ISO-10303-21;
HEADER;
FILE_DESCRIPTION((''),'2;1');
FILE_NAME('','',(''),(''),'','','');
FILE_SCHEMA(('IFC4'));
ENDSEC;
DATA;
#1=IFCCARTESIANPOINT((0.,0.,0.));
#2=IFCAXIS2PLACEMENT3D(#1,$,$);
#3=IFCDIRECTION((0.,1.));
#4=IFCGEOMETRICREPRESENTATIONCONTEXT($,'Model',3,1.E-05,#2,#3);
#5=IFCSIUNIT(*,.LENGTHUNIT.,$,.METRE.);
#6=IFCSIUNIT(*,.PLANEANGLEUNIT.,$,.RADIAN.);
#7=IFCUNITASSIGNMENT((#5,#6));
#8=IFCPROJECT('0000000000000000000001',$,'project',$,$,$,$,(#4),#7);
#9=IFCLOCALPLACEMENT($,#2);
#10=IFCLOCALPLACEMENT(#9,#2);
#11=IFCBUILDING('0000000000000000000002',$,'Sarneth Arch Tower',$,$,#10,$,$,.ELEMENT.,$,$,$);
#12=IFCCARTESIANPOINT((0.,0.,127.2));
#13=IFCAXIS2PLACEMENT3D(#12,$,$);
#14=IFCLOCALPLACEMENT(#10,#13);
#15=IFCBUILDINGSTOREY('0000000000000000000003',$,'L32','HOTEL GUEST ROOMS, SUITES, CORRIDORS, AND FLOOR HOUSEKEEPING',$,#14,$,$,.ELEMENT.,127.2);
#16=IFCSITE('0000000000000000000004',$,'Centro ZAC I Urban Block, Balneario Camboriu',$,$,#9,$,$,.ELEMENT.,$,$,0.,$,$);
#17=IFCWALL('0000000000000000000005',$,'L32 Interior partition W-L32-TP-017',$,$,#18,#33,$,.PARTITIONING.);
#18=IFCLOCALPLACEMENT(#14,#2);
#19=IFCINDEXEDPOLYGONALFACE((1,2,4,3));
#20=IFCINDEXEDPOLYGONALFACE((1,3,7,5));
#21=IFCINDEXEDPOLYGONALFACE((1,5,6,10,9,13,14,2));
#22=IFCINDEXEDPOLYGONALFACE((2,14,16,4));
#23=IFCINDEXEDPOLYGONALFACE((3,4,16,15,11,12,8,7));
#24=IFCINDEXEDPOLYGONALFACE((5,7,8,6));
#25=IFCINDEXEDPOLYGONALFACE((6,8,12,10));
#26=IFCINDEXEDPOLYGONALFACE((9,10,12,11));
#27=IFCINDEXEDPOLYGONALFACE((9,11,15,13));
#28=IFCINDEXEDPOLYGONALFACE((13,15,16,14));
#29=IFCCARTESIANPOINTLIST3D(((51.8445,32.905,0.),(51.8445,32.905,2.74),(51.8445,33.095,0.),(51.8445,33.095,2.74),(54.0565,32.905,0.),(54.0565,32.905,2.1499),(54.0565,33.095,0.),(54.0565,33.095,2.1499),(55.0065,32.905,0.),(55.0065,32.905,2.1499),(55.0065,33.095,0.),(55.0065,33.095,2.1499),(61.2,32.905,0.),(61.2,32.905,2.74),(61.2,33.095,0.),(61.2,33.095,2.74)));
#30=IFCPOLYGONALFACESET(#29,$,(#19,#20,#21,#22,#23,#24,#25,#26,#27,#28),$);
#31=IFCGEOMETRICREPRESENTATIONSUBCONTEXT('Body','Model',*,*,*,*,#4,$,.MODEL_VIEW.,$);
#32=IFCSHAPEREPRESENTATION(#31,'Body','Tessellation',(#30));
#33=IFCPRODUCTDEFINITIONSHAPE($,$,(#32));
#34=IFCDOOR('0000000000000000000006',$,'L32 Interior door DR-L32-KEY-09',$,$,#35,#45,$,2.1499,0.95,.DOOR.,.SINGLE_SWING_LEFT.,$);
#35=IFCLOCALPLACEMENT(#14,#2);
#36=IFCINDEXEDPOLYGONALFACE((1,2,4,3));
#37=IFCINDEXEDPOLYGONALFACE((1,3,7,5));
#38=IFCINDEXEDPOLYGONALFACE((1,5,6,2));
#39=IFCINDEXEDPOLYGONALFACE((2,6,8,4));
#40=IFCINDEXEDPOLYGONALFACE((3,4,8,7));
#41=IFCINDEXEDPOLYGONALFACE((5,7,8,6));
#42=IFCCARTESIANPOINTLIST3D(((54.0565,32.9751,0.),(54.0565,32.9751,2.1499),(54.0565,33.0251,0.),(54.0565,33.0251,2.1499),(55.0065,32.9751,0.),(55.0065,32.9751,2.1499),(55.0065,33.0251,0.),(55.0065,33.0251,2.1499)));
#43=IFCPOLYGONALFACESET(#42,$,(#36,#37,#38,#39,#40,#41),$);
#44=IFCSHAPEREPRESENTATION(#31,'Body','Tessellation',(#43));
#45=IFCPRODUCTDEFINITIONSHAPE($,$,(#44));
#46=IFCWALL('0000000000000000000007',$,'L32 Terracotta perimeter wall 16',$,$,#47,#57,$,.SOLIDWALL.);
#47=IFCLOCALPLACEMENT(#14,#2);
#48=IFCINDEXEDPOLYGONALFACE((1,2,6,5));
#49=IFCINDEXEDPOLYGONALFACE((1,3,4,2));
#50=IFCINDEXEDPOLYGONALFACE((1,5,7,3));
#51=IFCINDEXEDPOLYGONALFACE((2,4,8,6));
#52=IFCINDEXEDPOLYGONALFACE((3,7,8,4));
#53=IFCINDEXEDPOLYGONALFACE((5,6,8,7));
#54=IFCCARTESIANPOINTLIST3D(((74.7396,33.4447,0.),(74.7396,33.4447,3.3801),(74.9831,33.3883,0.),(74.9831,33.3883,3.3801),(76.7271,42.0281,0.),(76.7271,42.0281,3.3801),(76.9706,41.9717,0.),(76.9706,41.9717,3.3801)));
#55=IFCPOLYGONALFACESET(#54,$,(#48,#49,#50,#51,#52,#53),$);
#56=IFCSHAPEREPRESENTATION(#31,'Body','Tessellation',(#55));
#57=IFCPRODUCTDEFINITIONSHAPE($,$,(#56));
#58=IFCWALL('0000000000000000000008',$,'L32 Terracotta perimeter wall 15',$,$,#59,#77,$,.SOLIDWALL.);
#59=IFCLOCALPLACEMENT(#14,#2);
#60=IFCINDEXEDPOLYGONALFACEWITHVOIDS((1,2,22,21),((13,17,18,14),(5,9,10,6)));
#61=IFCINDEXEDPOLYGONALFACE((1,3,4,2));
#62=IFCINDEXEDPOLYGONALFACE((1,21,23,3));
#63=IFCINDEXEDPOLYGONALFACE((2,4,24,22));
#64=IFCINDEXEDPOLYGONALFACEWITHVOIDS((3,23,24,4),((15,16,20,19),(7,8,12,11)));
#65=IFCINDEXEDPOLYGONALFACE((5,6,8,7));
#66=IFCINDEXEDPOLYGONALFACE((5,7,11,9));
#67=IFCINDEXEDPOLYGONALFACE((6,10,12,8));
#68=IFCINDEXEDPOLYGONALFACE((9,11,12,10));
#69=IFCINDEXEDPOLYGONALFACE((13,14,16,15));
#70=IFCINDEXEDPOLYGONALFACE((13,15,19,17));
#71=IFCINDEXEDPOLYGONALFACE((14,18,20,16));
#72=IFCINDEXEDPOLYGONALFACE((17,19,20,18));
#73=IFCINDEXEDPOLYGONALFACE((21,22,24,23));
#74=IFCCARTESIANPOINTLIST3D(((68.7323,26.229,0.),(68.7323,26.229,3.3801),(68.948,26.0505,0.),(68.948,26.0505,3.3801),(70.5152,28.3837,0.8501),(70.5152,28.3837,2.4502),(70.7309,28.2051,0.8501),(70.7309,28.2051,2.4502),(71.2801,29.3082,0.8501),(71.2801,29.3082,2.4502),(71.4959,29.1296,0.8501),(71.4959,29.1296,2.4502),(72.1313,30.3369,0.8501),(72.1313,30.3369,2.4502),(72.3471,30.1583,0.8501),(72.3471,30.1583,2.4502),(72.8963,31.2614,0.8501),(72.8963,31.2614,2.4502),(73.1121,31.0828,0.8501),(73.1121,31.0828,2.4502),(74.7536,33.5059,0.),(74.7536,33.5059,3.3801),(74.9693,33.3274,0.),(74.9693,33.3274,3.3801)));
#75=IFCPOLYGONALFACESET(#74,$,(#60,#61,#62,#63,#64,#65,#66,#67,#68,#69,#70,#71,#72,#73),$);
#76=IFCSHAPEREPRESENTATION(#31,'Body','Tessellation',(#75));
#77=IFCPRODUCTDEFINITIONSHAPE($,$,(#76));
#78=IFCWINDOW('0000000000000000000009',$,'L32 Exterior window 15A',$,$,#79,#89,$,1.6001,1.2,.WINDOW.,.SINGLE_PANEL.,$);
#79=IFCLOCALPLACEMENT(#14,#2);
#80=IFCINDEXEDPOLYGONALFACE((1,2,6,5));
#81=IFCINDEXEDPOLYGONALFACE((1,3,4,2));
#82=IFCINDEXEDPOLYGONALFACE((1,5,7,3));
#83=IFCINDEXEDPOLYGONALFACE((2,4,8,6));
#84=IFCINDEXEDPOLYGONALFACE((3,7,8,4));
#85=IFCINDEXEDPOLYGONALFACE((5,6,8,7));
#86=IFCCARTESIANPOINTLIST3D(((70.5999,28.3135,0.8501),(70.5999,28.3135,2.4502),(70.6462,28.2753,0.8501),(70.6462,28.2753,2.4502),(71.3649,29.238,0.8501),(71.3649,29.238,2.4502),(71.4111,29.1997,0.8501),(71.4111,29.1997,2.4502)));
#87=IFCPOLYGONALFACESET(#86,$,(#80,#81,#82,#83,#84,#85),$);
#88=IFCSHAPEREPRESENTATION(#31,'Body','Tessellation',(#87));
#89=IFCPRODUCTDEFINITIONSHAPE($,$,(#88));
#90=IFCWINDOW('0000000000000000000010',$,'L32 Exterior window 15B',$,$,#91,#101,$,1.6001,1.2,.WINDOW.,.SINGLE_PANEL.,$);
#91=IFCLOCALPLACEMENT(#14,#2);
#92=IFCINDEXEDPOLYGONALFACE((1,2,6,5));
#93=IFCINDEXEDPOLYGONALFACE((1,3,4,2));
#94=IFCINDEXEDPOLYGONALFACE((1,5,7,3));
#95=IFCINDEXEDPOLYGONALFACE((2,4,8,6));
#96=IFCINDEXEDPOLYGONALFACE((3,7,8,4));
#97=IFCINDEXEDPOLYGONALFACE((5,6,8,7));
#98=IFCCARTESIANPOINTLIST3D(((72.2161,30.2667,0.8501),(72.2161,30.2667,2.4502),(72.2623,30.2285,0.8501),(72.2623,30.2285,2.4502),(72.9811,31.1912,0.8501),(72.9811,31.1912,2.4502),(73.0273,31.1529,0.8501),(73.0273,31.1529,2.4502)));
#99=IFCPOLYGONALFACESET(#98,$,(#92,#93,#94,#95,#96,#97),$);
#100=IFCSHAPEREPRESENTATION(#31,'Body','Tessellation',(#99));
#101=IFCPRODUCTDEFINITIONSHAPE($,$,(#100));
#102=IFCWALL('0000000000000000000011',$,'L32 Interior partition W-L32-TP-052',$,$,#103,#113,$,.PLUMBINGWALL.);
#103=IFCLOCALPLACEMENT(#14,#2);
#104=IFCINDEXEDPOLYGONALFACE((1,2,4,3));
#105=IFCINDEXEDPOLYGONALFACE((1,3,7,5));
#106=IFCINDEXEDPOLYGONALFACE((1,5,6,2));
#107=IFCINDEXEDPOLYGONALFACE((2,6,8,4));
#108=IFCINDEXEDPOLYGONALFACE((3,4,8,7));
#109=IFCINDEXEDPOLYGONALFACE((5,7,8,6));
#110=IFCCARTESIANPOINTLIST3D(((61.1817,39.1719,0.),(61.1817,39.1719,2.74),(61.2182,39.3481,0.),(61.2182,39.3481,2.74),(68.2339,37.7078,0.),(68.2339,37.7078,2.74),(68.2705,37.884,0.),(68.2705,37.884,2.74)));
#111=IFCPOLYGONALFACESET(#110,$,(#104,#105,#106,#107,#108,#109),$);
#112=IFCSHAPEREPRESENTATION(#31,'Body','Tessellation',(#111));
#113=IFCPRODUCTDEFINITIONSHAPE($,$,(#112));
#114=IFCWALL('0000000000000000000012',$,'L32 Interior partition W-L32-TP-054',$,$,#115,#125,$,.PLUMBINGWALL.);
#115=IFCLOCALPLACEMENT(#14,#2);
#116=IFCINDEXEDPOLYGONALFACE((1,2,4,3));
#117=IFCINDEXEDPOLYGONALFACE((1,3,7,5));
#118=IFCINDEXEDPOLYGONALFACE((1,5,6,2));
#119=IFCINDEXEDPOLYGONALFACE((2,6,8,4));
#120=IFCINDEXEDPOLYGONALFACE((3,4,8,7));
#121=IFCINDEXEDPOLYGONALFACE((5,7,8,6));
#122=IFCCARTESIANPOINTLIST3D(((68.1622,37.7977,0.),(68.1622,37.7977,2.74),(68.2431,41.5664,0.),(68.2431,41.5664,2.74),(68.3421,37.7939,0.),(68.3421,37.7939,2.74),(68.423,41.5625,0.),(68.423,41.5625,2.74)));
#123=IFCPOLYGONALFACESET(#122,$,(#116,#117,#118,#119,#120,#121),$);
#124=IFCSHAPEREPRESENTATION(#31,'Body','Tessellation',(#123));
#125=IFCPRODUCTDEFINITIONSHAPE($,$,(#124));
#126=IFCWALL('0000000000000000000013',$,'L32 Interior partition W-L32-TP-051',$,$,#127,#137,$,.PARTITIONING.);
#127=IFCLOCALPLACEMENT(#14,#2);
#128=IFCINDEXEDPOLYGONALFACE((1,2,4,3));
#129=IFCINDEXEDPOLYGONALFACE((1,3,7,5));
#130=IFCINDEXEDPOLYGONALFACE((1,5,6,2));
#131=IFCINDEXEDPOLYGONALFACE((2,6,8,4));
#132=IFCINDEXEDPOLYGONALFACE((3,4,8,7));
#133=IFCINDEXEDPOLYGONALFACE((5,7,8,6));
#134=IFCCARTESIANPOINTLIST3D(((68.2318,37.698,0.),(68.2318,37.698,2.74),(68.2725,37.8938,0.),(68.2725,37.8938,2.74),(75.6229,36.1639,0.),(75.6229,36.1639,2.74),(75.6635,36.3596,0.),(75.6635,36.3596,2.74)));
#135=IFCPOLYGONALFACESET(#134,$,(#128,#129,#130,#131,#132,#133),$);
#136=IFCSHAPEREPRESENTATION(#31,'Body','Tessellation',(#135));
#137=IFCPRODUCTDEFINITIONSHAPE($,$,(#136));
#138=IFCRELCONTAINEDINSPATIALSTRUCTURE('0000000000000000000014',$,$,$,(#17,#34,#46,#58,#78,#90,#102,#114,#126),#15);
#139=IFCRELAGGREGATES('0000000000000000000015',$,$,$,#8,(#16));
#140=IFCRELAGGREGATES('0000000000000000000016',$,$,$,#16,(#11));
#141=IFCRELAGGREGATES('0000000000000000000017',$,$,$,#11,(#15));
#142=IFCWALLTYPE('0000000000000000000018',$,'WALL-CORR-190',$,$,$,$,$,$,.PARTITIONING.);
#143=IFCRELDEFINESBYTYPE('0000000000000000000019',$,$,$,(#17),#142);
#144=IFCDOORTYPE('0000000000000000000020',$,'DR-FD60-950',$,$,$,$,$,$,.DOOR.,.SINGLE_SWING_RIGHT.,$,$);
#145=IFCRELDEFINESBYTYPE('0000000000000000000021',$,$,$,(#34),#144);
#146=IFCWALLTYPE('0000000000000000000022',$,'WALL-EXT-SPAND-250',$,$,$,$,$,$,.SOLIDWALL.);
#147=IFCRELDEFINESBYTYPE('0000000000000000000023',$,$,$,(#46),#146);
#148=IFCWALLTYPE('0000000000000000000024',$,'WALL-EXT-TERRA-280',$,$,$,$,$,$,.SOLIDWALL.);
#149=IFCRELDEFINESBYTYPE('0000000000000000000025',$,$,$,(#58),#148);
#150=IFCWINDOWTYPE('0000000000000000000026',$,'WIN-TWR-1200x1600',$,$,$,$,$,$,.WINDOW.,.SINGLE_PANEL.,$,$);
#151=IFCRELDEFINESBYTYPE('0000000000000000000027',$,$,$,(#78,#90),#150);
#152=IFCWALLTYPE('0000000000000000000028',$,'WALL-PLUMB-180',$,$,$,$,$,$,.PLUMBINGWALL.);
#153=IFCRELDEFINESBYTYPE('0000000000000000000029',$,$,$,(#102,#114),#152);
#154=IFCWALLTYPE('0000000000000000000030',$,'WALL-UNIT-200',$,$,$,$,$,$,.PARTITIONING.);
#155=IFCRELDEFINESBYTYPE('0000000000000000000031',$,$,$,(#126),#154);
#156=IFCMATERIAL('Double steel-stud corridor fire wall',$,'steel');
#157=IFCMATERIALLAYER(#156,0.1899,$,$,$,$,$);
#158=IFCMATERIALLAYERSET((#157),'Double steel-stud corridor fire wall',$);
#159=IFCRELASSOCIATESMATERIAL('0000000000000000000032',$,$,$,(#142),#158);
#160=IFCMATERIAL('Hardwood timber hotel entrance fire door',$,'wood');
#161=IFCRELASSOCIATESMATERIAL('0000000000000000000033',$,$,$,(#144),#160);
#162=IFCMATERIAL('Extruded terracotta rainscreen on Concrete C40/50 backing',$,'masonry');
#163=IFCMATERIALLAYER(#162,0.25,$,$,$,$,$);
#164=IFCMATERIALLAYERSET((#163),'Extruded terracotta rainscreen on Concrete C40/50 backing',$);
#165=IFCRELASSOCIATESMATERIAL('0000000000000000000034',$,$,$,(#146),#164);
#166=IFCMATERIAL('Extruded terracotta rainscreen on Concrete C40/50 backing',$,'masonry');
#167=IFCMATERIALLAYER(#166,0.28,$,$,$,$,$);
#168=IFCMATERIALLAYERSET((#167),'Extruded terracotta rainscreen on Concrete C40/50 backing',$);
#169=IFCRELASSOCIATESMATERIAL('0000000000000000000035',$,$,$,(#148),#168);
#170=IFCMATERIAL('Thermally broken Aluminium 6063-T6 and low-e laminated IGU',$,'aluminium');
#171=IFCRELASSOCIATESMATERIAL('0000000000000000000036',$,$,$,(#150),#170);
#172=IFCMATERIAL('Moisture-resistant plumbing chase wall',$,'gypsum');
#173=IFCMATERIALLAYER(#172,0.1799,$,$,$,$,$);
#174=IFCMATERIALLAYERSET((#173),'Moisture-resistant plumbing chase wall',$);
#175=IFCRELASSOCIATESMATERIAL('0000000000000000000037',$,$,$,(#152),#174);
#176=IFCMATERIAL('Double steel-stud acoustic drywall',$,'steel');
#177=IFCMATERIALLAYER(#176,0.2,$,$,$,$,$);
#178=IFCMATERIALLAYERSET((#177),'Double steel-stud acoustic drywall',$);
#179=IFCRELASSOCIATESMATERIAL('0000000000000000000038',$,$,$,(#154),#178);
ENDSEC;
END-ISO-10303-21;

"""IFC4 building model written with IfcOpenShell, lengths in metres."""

from ifc_helpers import new_model, si_unit, direction, frame, frame_2d, origin, place, context, subcontext, project, spatial, rectangle, extrude, material, layer, layer_set, type_object, element, fill, save


model = new_model("IFC4")

# Units and contexts
model_context = context("Model", 3, precision=1e-05, world=origin(), true_north=direction((0.0, 1.0)))
body_context = subcontext(model_context, "Body", "Model", "MODEL_VIEW")
ifc_project = project(units=[si_unit("LENGTHUNIT", "METRE"), si_unit("PLANEANGLEUNIT", "RADIAN")], contexts=[model_context])

# Site, building, storey
site_placement = place(None, origin())
site = spatial("IfcSite", under=ifc_project, at=site_placement, Name="Centro ZAC I Urban Block, Balneario Camboriu", CompositionType="ELEMENT", RefElevation=0.0)
building_placement = place(site_placement, origin())
building = spatial("IfcBuilding", under=site, at=building_placement, Name="Sarneth Arch Tower", CompositionType="ELEMENT")
storey_placement = place(building_placement, frame((0.0, 0.0, 127.2)))
storey = spatial("IfcBuildingStorey", under=building, at=storey_placement, Name="L32", Description="HOTEL GUEST ROOMS, SUITES, CORRIDORS, AND FLOOR HOUSEKEEPING", CompositionType="ELEMENT", Elevation=127.2)

# Wall, opening, door
ifc_material_1 = material(Name="Double steel-stud corridor fire wall", Category="steel")
ifc_layer_1 = layer(ifc_material_1, 0.1899)
ifc_layer_set_1 = layer_set([ifc_layer_1], Name="Double steel-stud corridor fire wall")
wall_type_1 = type_object("IfcWallType", Name="WALL-CORR-190", PredefinedType="PARTITIONING", material=ifc_layer_set_1)
wall_1_placement = place(storey_placement, frame((61.2, 33.0, 0.0), z_axis=(0.0, 0.0, 1.0), x_axis=(-1.0, 0.0, 0.0)))
wall_1 = element("IfcWall", 1, at=wall_1_placement, inside=storey, type_object=wall_type_1, Name="L32 Interior partition W-L32-TP-017", PredefinedType="PARTITIONING", context=body_context, shape_type="SweptSolid", body=[
    extrude(rectangle(XDim=9.3555, YDim=0.1899, at=frame_2d((4.6777, 0.0))), origin(), (0.0, 0.0, 1.0), 2.74),
])
opening_1_placement = place(wall_1_placement, frame((6.1934, 0.0, 0.0)))
opening_1 = element("IfcOpeningElement", 2, at=opening_1_placement, cuts=wall_1, PredefinedType="OPENING", context=body_context, shape_type="SweptSolid", body=[
    extrude(rectangle(XDim=0.95, YDim=2.1499, at=frame_2d((0.4751, 1.075))), frame((0.0, 0.105, 0.0), z_axis=(0.0, -1.0, 0.0), x_axis=(1.0, 0.0, 0.0)), (0.0, 0.0, 1.0), 0.21),
])
ifc_material_2 = material(Name="Hardwood timber hotel entrance fire door", Category="wood")
door_type = type_object("IfcDoorType", Name="DR-FD60-950", OperationType="SINGLE_SWING_RIGHT", PredefinedType="DOOR", material=ifc_material_2)
door_placement = place(opening_1_placement, origin())
door = element("IfcDoor", 3, at=door_placement, inside=storey, type_object=door_type, Name="L32 Interior door DR-L32-KEY-09", OperationType="SINGLE_SWING_LEFT", OverallHeight=2.1499, OverallWidth=0.95, PredefinedType="DOOR", context=body_context, shape_type="SweptSolid", body=[
    extrude(rectangle(XDim=0.95, YDim=2.1499, at=frame_2d((0.4751, 1.075))), frame((0.0, 0.0249, 0.0), z_axis=(0.0, -1.0, 0.0), x_axis=(1.0, 0.0, 0.0)), (0.0, 0.0, 1.0), 0.05),
])
fill(opening_1, door)

# Wall
ifc_material_3 = material(Name="Extruded terracotta rainscreen on Concrete C40/50 backing", Category="masonry")
ifc_layer_2 = layer(ifc_material_3, 0.25)
ifc_layer_set_2 = layer_set([ifc_layer_2], Name="Extruded terracotta rainscreen on Concrete C40/50 backing")
wall_type_2 = type_object("IfcWallType", Name="WALL-EXT-SPAND-250", PredefinedType="SOLIDWALL", material=ifc_layer_set_2)
wall_2_placement = place(storey_placement, frame((74.8613, 33.4165, 0.0), z_axis=(0.0, 0.0, 1.0), x_axis=(0.225586, 0.974223, 0.0)))
element("IfcWall", 4, at=wall_2_placement, inside=storey, type_object=wall_type_2, Name="L32 Terracotta perimeter wall 16", PredefinedType="SOLIDWALL", context=body_context, shape_type="SweptSolid", body=[
    extrude(rectangle(XDim=8.8105, YDim=0.25, at=frame_2d((4.4053, 0.0))), origin(), (0.0, 0.0, 1.0), 3.3801),
])

# Wall, openings, windows
ifc_material_4 = material(Name="Extruded terracotta rainscreen on Concrete C40/50 backing", Category="masonry")
ifc_layer_3 = layer(ifc_material_4, 0.28)
ifc_layer_set_3 = layer_set([ifc_layer_3], Name="Extruded terracotta rainscreen on Concrete C40/50 backing")
wall_type_3 = type_object("IfcWallType", Name="WALL-EXT-TERRA-280", PredefinedType="SOLIDWALL", material=ifc_layer_set_3)
wall_3_placement = place(storey_placement, frame((68.8401, 26.1396, 0.0), z_axis=(0.0, 0.0, 1.0), x_axis=(0.637506, 0.770446, 0.0)))
wall_3 = element("IfcWall", 5, at=wall_3_placement, inside=storey, type_object=wall_type_3, Name="L32 Terracotta perimeter wall 15", PredefinedType="SOLIDWALL", context=body_context, shape_type="SweptSolid", body=[
    extrude(rectangle(XDim=9.4451, YDim=0.28, at=frame_2d((4.7227, 0.0))), origin(), (0.0, 0.0, 1.0), 3.3801),
])
opening_2_placement = place(wall_3_placement, frame((2.7966, 0.0, 0.8501)))
opening_2 = element("IfcOpeningElement", 6, at=opening_2_placement, cuts=wall_3, PredefinedType="OPENING", context=body_context, shape_type="SweptSolid", body=[
    extrude(rectangle(XDim=1.2, YDim=1.6001, at=frame_2d((0.6001, 0.8))), frame((0.0, 0.1499, 0.0), z_axis=(0.0, -1.0, 0.0), x_axis=(1.0, 0.0, 0.0)), (0.0, 0.0, 1.0), 0.3),
])
opening_3_placement = place(wall_3_placement, frame((5.3318, 0.0, 0.8501)))
opening_3 = element("IfcOpeningElement", 7, at=opening_3_placement, cuts=wall_3, PredefinedType="OPENING", context=body_context, shape_type="SweptSolid", body=[
    extrude(rectangle(XDim=1.2, YDim=1.6001, at=frame_2d((0.6001, 0.8))), frame((0.0, 0.1499, 0.0), z_axis=(0.0, -1.0, 0.0), x_axis=(1.0, 0.0, 0.0)), (0.0, 0.0, 1.0), 0.3),
])
ifc_material_5 = material(Name="Thermally broken Aluminium 6063-T6 and low-e laminated IGU", Category="aluminium")
window_type = type_object("IfcWindowType", Name="WIN-TWR-1200x1600", PartitioningType="SINGLE_PANEL", PredefinedType="WINDOW", material=ifc_material_5)
window_1_placement = place(opening_2_placement, origin())
window_1 = element("IfcWindow", 8, at=window_1_placement, inside=storey, type_object=window_type, Name="L32 Exterior window 15A", OverallHeight=1.6001, OverallWidth=1.2, PartitioningType="SINGLE_PANEL", PredefinedType="WINDOW", context=body_context, shape_type="SweptSolid", body=[
    extrude(rectangle(XDim=1.2, YDim=1.6001, at=frame_2d((0.6001, 0.8))), frame((0.0, 0.03, 0.0), z_axis=(0.0, -1.0, 0.0), x_axis=(1.0, 0.0, 0.0)), (0.0, 0.0, 1.0), 0.0601),
])
fill(opening_2, window_1)
window_2_placement = place(opening_3_placement, origin())
window_2 = element("IfcWindow", 9, at=window_2_placement, inside=storey, type_object=window_type, Name="L32 Exterior window 15B", OverallHeight=1.6001, OverallWidth=1.2, PartitioningType="SINGLE_PANEL", PredefinedType="WINDOW", context=body_context, shape_type="SweptSolid", body=[
    extrude(rectangle(XDim=1.2, YDim=1.6001, at=frame_2d((0.6001, 0.8))), frame((0.0, 0.03, 0.0), z_axis=(0.0, -1.0, 0.0), x_axis=(1.0, 0.0, 0.0)), (0.0, 0.0, 1.0), 0.0601),
])
fill(opening_3, window_2)

# Walls
ifc_material_6 = material(Name="Moisture-resistant plumbing chase wall", Category="gypsum")
ifc_layer_4 = layer(ifc_material_6, 0.1799)
ifc_layer_set_4 = layer_set([ifc_layer_4], Name="Moisture-resistant plumbing chase wall")
wall_type_4 = type_object("IfcWallType", Name="WALL-PLUMB-180", PredefinedType="PLUMBINGWALL", material=ifc_layer_set_4)
wall_4_placement = place(storey_placement, frame((68.2522, 37.7959, 0.0), z_axis=(0.0, 0.0, 1.0), x_axis=(-0.979122, 0.203275, 0.0)))
element("IfcWall", 10, at=wall_4_placement, inside=storey, type_object=wall_type_4, Name="L32 Interior partition W-L32-TP-052", PredefinedType="PLUMBINGWALL", context=body_context, shape_type="SweptSolid", body=[
    extrude(rectangle(XDim=7.2026, YDim=0.1799, at=frame_2d((3.6013, 0.0))), origin(), (0.0, 0.0, 1.0), 2.74),
])
wall_5_placement = place(storey_placement, frame((68.333, 41.5645, 0.0), z_axis=(0.0, 0.0, 1.0), x_axis=(-0.021438, -0.99977, 0.0)))
element("IfcWall", 11, at=wall_5_placement, inside=storey, type_object=wall_type_4, Name="L32 Interior partition W-L32-TP-054", PredefinedType="PLUMBINGWALL", context=body_context, shape_type="SweptSolid", body=[
    extrude(rectangle(XDim=3.7695, YDim=0.1799, at=frame_2d((1.8848, 0.0))), origin(), (0.0, 0.0, 1.0), 2.74),
])
ifc_material_7 = material(Name="Double steel-stud acoustic drywall", Category="steel")
ifc_layer_5 = layer(ifc_material_7, 0.2)
ifc_layer_set_5 = layer_set([ifc_layer_5], Name="Double steel-stud acoustic drywall")
wall_type_5 = type_object("IfcWallType", Name="WALL-UNIT-200", PredefinedType="PARTITIONING", material=ifc_layer_set_5)
wall_6_placement = place(storey_placement, frame((75.6433, 36.2617, 0.0), z_axis=(0.0, 0.0, 1.0), x_axis=(-0.979129, 0.203239, 0.0)))
element("IfcWall", 12, at=wall_6_placement, inside=storey, type_object=wall_type_5, Name="L32 Interior partition W-L32-TP-051", PredefinedType="PARTITIONING", context=body_context, shape_type="SweptSolid", body=[
    extrude(rectangle(XDim=7.5486, YDim=0.2, at=frame_2d((3.7744, 0.0))), origin(), (0.0, 0.0, 1.0), 2.74),
])

save(model, "model.ifc")
